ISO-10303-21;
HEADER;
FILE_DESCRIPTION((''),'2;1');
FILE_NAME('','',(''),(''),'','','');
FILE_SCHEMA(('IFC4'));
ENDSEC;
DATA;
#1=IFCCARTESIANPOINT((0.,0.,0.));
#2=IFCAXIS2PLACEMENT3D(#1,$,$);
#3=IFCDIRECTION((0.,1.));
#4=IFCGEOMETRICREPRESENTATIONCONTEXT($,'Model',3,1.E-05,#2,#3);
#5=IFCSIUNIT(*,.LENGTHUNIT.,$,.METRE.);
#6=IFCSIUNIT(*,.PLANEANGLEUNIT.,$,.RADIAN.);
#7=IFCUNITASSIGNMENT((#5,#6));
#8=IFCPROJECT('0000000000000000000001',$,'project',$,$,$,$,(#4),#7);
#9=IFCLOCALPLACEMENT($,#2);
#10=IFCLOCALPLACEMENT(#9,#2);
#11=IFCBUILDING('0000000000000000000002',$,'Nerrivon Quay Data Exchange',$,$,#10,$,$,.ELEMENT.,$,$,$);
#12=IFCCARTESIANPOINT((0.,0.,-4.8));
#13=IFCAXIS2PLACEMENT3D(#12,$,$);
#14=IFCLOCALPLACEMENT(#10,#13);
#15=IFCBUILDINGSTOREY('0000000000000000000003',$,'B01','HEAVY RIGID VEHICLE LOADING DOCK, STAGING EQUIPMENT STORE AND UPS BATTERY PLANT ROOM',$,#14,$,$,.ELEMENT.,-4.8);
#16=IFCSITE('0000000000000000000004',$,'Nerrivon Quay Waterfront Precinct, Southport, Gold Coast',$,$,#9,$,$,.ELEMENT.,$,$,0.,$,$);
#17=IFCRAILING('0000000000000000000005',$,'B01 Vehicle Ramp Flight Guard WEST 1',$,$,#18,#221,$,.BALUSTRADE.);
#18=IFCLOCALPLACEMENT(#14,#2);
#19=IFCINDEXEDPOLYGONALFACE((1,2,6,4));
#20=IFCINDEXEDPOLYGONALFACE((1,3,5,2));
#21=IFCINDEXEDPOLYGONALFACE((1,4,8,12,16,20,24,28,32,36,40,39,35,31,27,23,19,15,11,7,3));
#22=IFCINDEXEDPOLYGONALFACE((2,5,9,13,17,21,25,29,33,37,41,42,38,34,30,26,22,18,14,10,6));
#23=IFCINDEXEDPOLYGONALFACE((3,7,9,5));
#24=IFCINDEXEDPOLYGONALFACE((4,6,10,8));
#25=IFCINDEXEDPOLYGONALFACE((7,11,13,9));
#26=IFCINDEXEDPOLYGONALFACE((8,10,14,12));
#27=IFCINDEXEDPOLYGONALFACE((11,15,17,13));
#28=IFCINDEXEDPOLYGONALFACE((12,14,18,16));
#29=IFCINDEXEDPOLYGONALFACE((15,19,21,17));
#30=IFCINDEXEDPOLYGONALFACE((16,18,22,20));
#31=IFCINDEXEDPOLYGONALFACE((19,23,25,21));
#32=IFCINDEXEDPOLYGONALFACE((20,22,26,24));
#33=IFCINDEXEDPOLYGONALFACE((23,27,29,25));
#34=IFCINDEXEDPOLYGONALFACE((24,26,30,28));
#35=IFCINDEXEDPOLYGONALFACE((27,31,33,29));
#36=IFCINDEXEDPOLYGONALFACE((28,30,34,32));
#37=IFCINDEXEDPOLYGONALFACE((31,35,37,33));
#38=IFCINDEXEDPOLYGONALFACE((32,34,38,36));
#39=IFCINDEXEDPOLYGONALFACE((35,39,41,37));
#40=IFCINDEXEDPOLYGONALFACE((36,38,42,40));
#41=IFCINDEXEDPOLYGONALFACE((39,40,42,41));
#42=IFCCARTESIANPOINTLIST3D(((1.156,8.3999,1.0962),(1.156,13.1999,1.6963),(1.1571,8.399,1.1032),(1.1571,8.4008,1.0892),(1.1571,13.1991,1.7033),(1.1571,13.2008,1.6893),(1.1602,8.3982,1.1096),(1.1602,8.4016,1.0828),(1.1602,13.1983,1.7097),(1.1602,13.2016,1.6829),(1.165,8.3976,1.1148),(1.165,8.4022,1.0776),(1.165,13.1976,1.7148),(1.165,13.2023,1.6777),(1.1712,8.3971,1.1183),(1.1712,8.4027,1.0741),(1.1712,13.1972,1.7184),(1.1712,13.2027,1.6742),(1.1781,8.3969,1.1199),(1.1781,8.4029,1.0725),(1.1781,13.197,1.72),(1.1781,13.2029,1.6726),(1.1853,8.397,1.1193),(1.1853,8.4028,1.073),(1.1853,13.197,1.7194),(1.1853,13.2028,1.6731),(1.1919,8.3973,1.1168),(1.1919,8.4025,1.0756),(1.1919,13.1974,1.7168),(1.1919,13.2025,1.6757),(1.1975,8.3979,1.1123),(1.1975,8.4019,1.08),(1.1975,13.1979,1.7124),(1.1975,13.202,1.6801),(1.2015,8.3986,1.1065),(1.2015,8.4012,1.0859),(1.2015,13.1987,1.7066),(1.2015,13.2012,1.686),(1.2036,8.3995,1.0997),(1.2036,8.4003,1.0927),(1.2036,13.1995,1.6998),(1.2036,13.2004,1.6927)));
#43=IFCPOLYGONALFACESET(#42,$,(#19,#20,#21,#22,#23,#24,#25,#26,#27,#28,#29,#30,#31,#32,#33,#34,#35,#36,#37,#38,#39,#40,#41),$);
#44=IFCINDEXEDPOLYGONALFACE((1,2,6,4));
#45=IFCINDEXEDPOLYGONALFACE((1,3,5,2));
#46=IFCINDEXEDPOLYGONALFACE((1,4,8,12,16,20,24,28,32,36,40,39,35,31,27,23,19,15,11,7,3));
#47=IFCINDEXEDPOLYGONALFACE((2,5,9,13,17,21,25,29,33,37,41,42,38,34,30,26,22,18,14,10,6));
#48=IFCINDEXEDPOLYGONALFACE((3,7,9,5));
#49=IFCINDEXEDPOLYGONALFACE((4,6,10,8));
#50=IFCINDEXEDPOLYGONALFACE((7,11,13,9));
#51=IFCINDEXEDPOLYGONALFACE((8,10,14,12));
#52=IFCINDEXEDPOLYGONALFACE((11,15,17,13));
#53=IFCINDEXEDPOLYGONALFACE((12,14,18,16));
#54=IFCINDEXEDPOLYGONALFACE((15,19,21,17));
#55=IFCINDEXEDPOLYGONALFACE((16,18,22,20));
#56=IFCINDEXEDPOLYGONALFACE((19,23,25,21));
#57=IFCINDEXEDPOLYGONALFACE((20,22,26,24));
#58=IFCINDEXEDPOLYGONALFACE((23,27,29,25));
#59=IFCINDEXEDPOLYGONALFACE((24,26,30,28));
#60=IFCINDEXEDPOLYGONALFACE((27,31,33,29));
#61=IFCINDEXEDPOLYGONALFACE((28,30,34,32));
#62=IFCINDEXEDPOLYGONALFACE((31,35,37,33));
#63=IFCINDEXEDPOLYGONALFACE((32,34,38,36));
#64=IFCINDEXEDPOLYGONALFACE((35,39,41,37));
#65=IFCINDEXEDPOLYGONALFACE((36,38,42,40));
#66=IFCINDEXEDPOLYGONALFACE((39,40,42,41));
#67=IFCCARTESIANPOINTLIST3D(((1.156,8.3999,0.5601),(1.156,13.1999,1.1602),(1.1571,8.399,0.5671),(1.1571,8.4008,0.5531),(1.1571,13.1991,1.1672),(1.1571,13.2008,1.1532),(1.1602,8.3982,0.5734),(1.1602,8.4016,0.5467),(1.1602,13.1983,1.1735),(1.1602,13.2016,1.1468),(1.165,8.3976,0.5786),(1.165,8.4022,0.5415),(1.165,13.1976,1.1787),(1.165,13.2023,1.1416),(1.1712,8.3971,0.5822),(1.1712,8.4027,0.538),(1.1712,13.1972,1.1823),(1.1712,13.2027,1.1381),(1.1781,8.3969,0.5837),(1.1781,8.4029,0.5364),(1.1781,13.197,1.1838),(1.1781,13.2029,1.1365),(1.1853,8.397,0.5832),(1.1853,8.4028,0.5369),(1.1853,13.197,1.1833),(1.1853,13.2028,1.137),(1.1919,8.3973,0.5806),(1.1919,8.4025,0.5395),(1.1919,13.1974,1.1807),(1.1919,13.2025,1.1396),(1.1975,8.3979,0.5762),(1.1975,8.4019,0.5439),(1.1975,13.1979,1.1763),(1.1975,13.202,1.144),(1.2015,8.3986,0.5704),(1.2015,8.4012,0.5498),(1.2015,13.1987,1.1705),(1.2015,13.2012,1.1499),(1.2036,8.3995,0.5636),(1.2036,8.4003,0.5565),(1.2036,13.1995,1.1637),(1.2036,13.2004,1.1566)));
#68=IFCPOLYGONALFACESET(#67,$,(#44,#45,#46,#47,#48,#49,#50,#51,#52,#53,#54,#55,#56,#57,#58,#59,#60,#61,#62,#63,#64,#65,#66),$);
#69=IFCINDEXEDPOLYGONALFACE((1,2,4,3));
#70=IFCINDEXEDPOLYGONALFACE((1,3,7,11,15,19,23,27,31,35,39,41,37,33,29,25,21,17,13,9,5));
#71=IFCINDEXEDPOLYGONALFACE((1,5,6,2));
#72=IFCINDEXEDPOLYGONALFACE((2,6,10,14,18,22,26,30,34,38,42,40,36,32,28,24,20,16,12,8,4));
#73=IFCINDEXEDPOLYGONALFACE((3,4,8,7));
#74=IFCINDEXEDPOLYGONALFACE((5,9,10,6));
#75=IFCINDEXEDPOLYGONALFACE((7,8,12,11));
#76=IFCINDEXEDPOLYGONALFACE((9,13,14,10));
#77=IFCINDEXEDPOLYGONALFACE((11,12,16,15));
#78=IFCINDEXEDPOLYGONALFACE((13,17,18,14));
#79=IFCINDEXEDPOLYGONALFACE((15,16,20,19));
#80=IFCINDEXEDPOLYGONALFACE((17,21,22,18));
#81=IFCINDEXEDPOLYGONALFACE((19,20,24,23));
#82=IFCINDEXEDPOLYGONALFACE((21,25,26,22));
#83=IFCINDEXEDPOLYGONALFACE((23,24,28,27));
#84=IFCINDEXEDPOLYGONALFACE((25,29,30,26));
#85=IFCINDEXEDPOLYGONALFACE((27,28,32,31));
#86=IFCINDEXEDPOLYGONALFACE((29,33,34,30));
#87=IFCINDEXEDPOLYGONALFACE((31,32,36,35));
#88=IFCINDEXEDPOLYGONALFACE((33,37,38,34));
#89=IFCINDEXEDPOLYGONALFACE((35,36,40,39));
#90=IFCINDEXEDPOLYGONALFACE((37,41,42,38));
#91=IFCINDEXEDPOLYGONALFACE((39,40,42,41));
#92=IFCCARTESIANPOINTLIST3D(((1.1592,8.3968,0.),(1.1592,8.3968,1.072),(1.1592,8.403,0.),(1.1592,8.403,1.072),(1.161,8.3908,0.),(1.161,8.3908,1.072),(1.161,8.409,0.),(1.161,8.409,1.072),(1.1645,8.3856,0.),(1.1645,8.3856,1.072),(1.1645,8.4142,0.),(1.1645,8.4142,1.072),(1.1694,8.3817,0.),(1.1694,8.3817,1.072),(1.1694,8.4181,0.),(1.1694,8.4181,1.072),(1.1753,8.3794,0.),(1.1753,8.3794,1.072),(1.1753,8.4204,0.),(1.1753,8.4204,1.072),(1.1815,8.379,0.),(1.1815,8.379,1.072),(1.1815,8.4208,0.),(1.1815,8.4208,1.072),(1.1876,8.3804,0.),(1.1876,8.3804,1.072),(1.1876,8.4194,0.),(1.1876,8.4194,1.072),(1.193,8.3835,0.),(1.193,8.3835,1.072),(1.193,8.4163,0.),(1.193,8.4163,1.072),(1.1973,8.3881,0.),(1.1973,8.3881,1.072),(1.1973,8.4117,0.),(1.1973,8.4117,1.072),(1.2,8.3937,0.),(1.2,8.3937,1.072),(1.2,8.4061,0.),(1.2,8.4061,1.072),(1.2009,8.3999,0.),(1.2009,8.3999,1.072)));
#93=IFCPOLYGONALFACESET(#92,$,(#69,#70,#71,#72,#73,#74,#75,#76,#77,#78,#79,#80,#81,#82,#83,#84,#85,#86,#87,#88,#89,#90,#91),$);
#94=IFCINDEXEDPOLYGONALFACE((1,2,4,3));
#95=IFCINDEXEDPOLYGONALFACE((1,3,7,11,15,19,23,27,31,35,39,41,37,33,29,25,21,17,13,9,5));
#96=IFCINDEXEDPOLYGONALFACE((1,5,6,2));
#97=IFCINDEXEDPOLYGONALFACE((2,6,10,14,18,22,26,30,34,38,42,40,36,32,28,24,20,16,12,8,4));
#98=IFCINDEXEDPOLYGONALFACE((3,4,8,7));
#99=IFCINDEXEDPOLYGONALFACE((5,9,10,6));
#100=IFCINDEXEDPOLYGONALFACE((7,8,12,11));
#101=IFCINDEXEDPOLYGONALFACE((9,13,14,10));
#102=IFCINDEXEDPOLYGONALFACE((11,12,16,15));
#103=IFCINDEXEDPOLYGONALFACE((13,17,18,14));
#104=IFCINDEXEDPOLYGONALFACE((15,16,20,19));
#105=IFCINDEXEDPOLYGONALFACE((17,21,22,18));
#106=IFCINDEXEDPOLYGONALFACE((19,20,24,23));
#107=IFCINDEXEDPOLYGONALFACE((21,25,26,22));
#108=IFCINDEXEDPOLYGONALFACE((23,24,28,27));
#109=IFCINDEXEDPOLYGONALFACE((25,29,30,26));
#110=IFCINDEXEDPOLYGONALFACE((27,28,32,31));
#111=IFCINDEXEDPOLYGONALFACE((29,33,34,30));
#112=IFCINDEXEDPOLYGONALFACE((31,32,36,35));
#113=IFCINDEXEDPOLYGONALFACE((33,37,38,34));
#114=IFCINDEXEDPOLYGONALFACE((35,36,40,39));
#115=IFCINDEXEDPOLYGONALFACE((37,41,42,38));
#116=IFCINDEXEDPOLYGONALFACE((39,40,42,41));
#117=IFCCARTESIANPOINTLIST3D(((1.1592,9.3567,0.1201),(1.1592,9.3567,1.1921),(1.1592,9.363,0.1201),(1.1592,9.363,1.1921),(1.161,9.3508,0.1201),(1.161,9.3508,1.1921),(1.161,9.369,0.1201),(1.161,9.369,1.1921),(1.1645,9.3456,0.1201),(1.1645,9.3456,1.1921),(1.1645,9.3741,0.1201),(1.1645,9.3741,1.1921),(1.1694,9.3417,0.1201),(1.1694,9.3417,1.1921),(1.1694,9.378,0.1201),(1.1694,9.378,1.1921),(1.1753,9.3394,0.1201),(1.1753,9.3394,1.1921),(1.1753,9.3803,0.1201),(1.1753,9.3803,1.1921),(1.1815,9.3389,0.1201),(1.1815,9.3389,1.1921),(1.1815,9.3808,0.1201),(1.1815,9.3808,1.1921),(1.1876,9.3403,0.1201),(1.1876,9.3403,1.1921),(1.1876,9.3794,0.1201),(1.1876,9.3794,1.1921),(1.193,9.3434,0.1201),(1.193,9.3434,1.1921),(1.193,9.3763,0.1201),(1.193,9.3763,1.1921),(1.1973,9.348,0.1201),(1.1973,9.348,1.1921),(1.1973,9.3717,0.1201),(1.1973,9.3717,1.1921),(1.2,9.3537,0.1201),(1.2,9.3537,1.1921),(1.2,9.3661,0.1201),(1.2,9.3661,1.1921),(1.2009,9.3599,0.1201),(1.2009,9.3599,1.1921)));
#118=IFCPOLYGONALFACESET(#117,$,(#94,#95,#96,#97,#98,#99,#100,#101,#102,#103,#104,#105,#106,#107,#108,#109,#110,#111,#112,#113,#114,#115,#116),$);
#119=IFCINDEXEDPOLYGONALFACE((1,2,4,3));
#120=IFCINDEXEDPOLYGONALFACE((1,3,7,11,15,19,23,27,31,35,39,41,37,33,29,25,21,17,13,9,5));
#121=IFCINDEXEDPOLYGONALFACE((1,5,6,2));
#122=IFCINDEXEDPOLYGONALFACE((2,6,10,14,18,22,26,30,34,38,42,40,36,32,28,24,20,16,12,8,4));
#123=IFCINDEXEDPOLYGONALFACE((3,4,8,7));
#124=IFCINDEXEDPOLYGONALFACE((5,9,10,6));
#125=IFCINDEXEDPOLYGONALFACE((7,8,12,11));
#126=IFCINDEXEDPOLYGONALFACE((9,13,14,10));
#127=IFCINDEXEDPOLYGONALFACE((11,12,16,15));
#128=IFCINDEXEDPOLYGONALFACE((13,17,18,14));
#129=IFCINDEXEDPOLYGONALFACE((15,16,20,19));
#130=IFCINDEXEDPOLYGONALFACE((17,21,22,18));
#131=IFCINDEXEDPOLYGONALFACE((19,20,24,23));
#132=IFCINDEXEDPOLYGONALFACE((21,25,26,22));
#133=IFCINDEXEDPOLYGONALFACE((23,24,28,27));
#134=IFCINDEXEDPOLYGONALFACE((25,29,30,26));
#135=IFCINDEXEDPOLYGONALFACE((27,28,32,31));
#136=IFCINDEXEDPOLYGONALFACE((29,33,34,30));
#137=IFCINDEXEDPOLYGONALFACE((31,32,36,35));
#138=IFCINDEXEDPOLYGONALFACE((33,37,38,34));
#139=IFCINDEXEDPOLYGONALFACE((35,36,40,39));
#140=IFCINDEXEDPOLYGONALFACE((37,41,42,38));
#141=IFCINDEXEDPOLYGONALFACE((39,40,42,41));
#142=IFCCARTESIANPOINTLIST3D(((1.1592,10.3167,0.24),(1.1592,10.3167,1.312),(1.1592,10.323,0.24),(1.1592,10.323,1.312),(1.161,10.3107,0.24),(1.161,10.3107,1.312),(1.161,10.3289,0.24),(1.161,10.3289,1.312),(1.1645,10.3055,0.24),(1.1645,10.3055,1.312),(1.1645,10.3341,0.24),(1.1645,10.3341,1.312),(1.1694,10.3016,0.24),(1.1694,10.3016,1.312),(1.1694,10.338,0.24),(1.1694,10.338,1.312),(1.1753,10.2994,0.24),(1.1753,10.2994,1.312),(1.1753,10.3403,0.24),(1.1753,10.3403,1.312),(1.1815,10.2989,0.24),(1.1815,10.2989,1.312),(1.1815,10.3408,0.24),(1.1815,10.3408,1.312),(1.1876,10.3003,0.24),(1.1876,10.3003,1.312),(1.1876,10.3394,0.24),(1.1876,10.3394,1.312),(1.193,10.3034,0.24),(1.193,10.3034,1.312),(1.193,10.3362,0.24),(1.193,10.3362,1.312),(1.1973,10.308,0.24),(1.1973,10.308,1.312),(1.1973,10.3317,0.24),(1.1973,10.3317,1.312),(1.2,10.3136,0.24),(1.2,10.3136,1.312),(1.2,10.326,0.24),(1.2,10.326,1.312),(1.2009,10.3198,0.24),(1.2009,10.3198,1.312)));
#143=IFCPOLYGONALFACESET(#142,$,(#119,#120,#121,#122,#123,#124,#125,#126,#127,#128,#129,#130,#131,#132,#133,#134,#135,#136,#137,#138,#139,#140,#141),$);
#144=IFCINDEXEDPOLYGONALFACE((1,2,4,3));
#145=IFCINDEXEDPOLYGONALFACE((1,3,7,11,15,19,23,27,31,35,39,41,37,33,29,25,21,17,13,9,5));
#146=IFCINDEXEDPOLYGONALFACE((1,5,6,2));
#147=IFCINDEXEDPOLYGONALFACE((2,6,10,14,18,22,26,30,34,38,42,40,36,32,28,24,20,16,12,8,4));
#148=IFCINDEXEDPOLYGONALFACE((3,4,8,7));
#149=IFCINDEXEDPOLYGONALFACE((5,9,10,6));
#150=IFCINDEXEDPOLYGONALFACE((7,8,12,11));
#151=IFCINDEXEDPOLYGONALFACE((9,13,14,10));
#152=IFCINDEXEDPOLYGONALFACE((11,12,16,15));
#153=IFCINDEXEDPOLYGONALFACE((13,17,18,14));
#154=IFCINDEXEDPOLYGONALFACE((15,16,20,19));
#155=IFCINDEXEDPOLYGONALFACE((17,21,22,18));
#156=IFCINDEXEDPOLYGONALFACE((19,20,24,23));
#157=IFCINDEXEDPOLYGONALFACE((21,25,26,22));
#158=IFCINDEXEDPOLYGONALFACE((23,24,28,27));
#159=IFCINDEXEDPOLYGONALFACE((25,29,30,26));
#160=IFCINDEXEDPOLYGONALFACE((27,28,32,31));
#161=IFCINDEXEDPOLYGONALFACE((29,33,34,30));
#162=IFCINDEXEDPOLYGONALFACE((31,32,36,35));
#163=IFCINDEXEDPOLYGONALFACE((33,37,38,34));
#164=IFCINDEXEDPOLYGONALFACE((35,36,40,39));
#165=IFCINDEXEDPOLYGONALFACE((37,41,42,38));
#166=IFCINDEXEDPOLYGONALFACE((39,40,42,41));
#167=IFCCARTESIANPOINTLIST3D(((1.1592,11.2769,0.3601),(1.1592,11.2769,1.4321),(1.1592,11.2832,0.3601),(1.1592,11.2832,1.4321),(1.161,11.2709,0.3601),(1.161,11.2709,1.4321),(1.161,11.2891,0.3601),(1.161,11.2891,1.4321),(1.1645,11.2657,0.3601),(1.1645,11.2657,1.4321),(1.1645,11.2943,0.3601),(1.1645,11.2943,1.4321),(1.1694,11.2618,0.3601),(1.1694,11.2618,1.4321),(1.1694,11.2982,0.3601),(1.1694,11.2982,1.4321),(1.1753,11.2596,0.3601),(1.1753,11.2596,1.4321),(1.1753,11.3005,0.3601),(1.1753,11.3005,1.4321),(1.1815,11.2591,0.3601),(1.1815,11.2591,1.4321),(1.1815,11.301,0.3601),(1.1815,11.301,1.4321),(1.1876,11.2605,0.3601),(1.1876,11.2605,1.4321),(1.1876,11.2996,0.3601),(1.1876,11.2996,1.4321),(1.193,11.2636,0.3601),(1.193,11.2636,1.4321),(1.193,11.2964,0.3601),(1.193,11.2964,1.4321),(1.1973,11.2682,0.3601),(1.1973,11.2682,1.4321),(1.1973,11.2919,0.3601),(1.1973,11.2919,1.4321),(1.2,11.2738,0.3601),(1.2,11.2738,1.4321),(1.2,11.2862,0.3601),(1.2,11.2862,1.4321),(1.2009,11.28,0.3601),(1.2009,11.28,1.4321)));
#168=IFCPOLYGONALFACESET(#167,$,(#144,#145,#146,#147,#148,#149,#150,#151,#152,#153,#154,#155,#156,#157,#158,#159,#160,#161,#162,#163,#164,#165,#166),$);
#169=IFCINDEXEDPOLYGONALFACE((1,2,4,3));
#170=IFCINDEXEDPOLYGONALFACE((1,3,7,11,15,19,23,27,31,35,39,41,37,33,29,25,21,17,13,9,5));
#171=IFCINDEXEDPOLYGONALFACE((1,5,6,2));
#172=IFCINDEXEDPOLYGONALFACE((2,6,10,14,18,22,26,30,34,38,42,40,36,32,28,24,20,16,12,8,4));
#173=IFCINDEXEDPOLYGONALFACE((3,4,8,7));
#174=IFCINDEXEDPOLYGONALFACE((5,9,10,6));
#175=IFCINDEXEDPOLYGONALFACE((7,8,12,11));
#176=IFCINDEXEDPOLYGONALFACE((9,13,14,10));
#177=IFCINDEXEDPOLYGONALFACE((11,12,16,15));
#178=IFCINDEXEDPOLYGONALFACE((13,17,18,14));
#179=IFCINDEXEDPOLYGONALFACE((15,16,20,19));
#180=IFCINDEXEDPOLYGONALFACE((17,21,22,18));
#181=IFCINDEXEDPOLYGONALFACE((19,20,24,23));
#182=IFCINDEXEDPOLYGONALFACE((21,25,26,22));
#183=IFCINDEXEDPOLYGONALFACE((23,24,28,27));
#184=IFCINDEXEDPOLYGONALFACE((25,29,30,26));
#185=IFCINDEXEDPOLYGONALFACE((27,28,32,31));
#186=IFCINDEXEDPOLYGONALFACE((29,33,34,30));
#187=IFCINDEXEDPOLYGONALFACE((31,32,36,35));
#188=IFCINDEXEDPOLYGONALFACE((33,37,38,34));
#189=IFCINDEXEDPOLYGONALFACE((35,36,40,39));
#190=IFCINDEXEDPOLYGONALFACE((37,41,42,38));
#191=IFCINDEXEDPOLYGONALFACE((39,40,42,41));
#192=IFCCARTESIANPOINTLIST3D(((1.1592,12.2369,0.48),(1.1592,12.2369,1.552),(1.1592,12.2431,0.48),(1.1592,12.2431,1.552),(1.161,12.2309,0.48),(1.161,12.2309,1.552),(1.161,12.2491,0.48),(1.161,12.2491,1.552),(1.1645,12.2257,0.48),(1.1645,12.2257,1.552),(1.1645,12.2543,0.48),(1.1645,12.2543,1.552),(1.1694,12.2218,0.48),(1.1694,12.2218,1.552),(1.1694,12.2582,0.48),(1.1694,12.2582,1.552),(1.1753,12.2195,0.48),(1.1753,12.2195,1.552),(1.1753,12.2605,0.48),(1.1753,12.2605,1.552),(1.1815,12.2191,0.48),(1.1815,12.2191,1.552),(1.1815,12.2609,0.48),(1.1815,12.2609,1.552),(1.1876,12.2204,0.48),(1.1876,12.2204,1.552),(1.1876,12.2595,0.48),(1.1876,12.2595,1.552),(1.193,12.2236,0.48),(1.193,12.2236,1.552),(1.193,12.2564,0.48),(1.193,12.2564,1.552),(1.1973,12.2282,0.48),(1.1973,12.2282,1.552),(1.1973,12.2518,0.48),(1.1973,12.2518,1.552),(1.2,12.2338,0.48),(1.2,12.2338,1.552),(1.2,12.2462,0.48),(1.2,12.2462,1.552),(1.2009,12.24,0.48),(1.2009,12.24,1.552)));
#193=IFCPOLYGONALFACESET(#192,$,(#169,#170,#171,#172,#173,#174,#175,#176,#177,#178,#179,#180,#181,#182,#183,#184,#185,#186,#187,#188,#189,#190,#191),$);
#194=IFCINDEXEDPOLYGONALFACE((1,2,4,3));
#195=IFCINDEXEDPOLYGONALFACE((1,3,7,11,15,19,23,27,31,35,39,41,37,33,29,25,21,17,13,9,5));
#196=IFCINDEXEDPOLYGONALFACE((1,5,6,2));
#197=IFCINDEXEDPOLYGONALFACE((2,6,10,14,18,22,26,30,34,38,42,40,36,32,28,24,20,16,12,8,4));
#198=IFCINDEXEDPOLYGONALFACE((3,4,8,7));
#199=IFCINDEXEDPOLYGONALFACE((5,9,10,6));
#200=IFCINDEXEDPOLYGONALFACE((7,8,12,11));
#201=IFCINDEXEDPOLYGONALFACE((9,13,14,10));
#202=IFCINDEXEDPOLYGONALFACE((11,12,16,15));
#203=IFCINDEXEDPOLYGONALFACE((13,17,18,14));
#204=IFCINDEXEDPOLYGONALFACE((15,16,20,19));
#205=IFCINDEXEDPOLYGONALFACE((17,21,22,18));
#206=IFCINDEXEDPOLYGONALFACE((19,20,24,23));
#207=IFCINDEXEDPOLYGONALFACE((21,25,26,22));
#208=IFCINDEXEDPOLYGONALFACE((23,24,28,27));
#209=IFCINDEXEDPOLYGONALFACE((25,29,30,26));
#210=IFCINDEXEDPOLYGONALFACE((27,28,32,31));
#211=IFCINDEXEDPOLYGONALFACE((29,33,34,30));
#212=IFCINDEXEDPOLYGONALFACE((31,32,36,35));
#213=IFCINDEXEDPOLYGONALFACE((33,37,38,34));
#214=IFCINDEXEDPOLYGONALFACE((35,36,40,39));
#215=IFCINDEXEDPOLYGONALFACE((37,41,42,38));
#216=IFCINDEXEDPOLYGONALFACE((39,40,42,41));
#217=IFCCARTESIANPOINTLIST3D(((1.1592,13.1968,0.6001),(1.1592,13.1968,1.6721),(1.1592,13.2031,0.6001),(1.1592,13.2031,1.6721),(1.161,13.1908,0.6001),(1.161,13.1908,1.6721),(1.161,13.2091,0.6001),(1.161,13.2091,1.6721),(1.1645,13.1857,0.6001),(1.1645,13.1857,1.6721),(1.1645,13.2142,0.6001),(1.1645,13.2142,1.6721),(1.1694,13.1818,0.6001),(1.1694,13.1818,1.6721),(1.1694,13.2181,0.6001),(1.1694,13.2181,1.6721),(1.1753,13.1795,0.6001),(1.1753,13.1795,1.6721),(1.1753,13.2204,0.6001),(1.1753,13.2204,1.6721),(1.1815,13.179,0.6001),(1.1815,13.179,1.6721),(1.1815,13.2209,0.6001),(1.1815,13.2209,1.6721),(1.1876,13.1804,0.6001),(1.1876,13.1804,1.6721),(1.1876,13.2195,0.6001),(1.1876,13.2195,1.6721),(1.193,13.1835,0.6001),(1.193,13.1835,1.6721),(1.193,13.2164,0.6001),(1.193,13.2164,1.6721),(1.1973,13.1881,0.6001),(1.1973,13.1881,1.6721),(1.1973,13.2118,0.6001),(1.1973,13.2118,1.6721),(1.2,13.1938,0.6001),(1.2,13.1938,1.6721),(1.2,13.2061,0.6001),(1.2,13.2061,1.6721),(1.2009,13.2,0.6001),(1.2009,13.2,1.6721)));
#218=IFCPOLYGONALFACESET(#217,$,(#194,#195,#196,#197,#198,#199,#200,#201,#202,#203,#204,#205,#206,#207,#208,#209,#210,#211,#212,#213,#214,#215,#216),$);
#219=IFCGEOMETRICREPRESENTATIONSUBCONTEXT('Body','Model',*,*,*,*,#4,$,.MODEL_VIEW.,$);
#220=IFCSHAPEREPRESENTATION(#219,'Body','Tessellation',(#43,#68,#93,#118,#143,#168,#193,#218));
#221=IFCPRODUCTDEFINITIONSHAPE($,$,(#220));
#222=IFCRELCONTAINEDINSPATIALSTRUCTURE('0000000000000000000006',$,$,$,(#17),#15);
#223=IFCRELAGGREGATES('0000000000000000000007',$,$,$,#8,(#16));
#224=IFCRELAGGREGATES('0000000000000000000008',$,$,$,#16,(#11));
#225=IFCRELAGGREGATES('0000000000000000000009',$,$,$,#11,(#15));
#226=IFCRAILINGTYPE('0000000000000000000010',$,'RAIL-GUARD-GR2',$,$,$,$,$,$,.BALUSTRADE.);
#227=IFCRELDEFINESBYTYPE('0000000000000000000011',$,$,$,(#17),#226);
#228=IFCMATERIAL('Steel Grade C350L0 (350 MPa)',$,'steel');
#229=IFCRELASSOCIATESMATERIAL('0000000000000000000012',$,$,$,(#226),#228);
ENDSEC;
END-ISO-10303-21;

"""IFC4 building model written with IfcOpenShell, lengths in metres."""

from ifc_helpers import new_model, si_unit, direction, frame, origin, origin_2d, place, context, subcontext, project, spatial, circle, extrude, material, type_object, element, save


model = new_model("IFC4")

# Units and contexts
model_context = context("Model", 3, precision=1e-05, world=origin(), true_north=direction((0.0, 1.0)))
body_context = subcontext(model_context, "Body", "Model", "MODEL_VIEW")
ifc_project = project(units=[si_unit("LENGTHUNIT", "METRE"), si_unit("PLANEANGLEUNIT", "RADIAN")], contexts=[model_context])

# Site, building, storey
site_placement = place(None, origin())
site = spatial("IfcSite", under=ifc_project, at=site_placement, Name="Nerrivon Quay Waterfront Precinct, Southport, Gold Coast", CompositionType="ELEMENT", RefElevation=0.0)
building_placement = place(site_placement, origin())
building = spatial("IfcBuilding", under=site, at=building_placement, Name="Nerrivon Quay Data Exchange", CompositionType="ELEMENT")
storey_placement = place(building_placement, frame((0.0, 0.0, -4.8)))
storey = spatial("IfcBuildingStorey", under=building, at=storey_placement, Name="B01", Description="HEAVY RIGID VEHICLE LOADING DOCK, STAGING EQUIPMENT STORE AND UPS BATTERY PLANT ROOM", CompositionType="ELEMENT", Elevation=-4.8)

# Railing
ifc_material_1 = material(Name="Steel Grade C350L0 (350 MPa)", Category="steel")
railing_type = type_object("IfcRailingType", Name="RAIL-GUARD-GR2", PredefinedType="BALUSTRADE", material=ifc_material_1)
railing_1_placement = place(storey_placement, frame((1.1799, 8.3999, 0.0)))
element("IfcRailing", 1, at=railing_1_placement, inside=storey, type_object=railing_type, Name="B01 Vehicle Ramp Flight Guard WEST 1", PredefinedType="BALUSTRADE", context=body_context, shape_type="SweptSolid", body=[
    extrude(circle(Radius=0.0239, at=origin_2d()), frame((0.0, 0.0, 1.0962), z_axis=(0.0, 0.992276, 0.124053), x_axis=(-1.0, 0.0, 0.0)), (0.0, 0.0, 1.0), 4.8374),
    extrude(circle(Radius=0.0239, at=origin_2d()), frame((0.0, 0.0, 0.5601), z_axis=(0.0, 0.992276, 0.124053), x_axis=(-1.0, 0.0, 0.0)), (0.0, 0.0, 1.0), 4.8374),
    extrude(circle(Radius=0.021, at=origin_2d()), origin(), (0.0, 0.0, 1.0), 1.072),
    extrude(circle(Radius=0.021, at=origin_2d()), frame((0.0, 0.96, 0.1201)), (0.0, 0.0, 1.0), 1.072),
    extrude(circle(Radius=0.021, at=origin_2d()), frame((0.0, 1.9199, 0.24)), (0.0, 0.0, 1.0), 1.072),
    extrude(circle(Radius=0.021, at=origin_2d()), frame((0.0, 2.8801, 0.3601)), (0.0, 0.0, 1.0), 1.072),
    extrude(circle(Radius=0.021, at=origin_2d()), frame((0.0, 3.8401, 0.48)), (0.0, 0.0, 1.0), 1.072),
    extrude(circle(Radius=0.021, at=origin_2d()), frame((0.0, 4.8, 0.6001)), (0.0, 0.0, 1.0), 1.072),
])

save(model, "model.ifc")
